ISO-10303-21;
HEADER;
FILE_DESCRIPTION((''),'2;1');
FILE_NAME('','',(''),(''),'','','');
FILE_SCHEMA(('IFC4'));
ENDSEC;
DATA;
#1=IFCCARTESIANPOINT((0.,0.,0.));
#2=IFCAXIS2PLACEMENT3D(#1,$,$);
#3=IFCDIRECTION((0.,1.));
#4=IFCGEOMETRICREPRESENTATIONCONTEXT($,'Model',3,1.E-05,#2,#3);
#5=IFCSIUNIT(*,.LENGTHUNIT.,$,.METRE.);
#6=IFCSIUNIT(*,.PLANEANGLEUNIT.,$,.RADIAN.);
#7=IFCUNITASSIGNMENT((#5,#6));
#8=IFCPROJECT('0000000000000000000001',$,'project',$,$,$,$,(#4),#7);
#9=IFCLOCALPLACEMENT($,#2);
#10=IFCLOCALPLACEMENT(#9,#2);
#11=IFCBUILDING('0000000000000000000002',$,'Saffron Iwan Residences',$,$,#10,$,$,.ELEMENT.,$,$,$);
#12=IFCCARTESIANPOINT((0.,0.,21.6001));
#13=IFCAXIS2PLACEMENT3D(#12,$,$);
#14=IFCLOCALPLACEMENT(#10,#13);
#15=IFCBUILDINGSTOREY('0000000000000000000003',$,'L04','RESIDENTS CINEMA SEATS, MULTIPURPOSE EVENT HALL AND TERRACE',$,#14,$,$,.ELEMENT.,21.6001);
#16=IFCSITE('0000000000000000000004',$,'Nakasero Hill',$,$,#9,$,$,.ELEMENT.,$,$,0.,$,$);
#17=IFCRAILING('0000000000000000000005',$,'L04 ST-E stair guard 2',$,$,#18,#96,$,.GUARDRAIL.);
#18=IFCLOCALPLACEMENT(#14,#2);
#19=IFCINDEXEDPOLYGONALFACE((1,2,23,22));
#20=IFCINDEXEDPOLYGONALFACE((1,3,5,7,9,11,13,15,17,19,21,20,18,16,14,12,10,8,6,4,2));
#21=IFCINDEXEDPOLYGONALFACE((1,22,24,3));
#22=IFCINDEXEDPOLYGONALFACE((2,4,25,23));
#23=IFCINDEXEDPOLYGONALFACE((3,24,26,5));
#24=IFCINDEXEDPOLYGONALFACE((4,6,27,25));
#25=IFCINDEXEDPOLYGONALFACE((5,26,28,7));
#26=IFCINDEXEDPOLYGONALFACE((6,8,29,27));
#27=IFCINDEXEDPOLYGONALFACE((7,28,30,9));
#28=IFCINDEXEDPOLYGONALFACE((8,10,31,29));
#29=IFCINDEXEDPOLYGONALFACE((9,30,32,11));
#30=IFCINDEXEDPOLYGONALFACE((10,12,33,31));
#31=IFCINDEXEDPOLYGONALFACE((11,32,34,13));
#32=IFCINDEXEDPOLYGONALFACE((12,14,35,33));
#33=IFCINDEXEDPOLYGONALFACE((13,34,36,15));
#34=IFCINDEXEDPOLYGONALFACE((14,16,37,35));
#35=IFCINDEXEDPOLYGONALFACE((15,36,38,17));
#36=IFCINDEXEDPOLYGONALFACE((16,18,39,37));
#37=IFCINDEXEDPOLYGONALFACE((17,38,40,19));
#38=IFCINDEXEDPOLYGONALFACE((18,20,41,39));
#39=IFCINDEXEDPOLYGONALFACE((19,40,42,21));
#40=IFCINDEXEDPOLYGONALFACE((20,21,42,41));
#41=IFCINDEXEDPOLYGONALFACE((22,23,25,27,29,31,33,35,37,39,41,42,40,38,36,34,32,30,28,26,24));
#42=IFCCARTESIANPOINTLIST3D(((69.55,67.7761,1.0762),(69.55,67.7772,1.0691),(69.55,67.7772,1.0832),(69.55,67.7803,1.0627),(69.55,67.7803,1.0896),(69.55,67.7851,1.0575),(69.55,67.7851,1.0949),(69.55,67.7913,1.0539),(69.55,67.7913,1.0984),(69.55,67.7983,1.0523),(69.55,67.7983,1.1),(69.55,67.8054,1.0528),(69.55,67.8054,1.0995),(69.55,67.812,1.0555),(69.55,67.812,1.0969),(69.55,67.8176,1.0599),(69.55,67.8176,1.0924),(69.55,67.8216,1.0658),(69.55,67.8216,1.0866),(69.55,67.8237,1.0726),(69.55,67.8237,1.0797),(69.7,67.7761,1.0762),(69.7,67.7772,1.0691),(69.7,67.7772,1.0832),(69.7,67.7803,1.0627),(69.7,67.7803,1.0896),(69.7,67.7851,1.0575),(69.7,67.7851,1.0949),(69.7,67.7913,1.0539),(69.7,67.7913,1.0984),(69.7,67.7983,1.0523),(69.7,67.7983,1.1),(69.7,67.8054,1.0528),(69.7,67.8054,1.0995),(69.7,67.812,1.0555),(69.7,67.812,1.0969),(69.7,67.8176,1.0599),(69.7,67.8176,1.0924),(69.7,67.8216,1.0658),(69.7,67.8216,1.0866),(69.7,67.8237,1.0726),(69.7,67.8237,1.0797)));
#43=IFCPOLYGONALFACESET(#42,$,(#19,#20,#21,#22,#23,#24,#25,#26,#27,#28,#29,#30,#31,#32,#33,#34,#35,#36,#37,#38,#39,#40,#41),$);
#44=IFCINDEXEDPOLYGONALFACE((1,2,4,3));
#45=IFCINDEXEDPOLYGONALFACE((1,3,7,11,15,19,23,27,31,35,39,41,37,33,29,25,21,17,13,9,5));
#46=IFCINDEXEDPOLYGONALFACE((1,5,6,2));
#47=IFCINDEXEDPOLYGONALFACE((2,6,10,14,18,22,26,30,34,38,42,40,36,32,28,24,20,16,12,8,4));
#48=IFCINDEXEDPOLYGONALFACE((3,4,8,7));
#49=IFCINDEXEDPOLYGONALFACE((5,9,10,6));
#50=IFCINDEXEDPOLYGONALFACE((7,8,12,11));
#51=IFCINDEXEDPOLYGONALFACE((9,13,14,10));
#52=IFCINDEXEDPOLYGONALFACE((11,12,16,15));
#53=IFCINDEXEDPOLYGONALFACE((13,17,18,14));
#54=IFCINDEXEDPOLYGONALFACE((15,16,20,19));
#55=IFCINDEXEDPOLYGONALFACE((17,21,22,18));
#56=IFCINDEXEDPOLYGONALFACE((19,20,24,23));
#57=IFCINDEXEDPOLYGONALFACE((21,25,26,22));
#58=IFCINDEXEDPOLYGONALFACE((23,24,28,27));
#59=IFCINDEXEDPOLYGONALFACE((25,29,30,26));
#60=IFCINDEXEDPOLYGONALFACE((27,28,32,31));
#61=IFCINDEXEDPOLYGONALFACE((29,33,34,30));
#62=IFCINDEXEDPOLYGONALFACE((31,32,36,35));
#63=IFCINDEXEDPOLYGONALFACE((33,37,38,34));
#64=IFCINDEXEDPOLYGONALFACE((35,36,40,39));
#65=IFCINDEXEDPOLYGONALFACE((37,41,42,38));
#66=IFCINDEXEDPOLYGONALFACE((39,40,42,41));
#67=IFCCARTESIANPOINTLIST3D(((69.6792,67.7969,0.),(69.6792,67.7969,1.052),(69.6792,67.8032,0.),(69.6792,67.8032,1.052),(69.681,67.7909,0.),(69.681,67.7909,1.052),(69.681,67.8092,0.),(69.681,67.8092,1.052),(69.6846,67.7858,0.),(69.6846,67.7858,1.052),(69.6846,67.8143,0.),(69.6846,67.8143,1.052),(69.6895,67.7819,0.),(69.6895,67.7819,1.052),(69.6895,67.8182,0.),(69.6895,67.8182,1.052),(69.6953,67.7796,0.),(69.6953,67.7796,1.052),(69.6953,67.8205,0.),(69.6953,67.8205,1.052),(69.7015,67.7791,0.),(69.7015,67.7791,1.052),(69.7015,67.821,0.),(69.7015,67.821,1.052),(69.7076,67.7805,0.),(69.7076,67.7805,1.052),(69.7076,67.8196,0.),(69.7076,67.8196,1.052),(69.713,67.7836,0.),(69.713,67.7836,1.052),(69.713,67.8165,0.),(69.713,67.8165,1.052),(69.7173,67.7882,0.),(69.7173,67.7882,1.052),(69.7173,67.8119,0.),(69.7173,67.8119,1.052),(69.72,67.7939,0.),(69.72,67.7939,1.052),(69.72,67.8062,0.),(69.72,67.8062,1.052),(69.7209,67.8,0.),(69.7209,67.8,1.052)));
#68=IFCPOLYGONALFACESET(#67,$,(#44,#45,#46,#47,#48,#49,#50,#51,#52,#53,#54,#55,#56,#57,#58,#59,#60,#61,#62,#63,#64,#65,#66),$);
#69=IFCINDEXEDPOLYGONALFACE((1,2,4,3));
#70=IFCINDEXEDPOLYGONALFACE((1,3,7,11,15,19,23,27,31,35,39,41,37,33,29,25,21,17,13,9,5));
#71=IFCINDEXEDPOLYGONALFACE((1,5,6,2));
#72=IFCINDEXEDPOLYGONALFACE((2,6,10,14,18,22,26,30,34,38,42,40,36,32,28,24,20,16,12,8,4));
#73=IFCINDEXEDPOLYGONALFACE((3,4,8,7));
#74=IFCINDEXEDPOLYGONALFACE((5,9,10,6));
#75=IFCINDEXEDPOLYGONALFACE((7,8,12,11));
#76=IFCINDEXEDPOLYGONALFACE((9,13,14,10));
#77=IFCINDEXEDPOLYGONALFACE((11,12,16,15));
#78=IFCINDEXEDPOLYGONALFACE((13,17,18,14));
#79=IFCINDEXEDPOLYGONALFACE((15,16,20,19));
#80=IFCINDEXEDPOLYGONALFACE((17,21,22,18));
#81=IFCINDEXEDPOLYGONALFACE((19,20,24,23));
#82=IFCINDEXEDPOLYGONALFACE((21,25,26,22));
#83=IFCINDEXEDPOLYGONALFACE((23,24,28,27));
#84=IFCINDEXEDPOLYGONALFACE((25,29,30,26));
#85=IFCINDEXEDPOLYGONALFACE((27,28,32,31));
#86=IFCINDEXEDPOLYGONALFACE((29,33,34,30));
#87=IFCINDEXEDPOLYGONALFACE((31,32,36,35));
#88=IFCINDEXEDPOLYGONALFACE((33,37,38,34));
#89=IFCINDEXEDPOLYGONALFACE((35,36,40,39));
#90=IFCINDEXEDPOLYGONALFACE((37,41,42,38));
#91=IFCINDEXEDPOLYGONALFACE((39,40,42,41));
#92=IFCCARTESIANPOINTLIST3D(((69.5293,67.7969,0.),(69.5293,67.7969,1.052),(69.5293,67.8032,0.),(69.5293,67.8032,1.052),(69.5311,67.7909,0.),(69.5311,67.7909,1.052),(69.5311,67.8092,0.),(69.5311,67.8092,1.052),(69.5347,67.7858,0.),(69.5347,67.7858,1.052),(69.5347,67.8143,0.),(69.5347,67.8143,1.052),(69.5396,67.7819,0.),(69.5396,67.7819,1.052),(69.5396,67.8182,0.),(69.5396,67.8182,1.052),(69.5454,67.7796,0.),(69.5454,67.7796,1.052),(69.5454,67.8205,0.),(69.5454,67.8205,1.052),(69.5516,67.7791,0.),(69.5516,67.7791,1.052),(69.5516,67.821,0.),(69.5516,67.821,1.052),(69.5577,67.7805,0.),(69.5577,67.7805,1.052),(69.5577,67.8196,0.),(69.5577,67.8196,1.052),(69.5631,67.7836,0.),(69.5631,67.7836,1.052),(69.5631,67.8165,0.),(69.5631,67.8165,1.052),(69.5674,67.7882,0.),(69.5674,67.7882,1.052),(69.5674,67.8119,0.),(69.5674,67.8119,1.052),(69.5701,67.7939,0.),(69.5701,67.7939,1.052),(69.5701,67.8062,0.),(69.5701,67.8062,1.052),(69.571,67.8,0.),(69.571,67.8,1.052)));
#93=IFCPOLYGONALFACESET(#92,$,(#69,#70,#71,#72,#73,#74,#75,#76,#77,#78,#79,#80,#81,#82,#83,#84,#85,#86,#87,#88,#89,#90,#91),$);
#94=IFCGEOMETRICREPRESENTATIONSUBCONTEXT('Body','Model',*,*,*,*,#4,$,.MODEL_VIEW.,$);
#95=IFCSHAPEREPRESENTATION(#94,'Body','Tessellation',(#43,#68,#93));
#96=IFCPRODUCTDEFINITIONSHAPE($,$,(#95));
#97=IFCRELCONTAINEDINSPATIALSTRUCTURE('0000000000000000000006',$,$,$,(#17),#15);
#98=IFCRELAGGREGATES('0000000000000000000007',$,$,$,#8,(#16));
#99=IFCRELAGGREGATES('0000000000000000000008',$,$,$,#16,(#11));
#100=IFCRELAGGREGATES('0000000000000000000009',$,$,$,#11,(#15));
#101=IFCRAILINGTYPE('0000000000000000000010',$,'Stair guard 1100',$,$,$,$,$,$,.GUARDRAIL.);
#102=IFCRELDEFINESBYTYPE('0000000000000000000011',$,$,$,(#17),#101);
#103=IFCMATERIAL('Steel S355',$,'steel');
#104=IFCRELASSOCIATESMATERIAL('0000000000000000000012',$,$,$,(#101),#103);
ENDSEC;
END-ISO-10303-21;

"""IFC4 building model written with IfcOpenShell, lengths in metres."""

from ifc_helpers import new_model, si_unit, direction, frame, origin, origin_2d, place, context, subcontext, project, spatial, circle, extrude, material, type_object, element, save


model = new_model("IFC4")

# Units and contexts
model_context = context("Model", 3, precision=1e-05, world=origin(), true_north=direction((0.0, 1.0)))
body_context = subcontext(model_context, "Body", "Model", "MODEL_VIEW")
ifc_project = project(units=[si_unit("LENGTHUNIT", "METRE"), si_unit("PLANEANGLEUNIT", "RADIAN")], contexts=[model_context])

# Site, building, storey
site_placement = place(None, origin())
site = spatial("IfcSite", under=ifc_project, at=site_placement, Name="Nakasero Hill", CompositionType="ELEMENT", RefElevation=0.0)
building_placement = place(site_placement, origin())
building = spatial("IfcBuilding", under=site, at=building_placement, Name="Saffron Iwan Residences", CompositionType="ELEMENT")
storey_placement = place(building_placement, frame((0.0, 0.0, 21.6001)))
storey = spatial("IfcBuildingStorey", under=building, at=storey_placement, Name="L04", Description="RESIDENTS CINEMA SEATS, MULTIPURPOSE EVENT HALL AND TERRACE", CompositionType="ELEMENT", Elevation=21.6001)

# Railing
ifc_material_1 = material(Name="Steel S355", Category="steel")
railing_type_1 = type_object("IfcRailingType", Name="Stair guard 1100", PredefinedType="GUARDRAIL", material=ifc_material_1)
railing_1_placement = place(storey_placement, frame((69.7, 67.8, 0.0)))
element("IfcRailing", 1, at=railing_1_placement, inside=storey, type_object=railing_type_1, Name="L04 ST-E stair guard 2", PredefinedType="GUARDRAIL", context=body_context, shape_type="SweptSolid", body=[
    extrude(circle(Radius=0.0239, at=origin_2d()), frame((0.0, 0.0, 1.0762), z_axis=(-1.0, 0.0, 0.0), x_axis=(0.0, -1.0, 0.0)), (0.0, 0.0, 1.0), 0.1499),
    extrude(circle(Radius=0.021, at=origin_2d()), origin(), (0.0, 0.0, 1.0), 1.052),
    extrude(circle(Radius=0.021, at=origin_2d()), frame((-0.1499, 0.0, 0.0)), (0.0, 0.0, 1.0), 1.052),
])

save(model, "model.ifc")
